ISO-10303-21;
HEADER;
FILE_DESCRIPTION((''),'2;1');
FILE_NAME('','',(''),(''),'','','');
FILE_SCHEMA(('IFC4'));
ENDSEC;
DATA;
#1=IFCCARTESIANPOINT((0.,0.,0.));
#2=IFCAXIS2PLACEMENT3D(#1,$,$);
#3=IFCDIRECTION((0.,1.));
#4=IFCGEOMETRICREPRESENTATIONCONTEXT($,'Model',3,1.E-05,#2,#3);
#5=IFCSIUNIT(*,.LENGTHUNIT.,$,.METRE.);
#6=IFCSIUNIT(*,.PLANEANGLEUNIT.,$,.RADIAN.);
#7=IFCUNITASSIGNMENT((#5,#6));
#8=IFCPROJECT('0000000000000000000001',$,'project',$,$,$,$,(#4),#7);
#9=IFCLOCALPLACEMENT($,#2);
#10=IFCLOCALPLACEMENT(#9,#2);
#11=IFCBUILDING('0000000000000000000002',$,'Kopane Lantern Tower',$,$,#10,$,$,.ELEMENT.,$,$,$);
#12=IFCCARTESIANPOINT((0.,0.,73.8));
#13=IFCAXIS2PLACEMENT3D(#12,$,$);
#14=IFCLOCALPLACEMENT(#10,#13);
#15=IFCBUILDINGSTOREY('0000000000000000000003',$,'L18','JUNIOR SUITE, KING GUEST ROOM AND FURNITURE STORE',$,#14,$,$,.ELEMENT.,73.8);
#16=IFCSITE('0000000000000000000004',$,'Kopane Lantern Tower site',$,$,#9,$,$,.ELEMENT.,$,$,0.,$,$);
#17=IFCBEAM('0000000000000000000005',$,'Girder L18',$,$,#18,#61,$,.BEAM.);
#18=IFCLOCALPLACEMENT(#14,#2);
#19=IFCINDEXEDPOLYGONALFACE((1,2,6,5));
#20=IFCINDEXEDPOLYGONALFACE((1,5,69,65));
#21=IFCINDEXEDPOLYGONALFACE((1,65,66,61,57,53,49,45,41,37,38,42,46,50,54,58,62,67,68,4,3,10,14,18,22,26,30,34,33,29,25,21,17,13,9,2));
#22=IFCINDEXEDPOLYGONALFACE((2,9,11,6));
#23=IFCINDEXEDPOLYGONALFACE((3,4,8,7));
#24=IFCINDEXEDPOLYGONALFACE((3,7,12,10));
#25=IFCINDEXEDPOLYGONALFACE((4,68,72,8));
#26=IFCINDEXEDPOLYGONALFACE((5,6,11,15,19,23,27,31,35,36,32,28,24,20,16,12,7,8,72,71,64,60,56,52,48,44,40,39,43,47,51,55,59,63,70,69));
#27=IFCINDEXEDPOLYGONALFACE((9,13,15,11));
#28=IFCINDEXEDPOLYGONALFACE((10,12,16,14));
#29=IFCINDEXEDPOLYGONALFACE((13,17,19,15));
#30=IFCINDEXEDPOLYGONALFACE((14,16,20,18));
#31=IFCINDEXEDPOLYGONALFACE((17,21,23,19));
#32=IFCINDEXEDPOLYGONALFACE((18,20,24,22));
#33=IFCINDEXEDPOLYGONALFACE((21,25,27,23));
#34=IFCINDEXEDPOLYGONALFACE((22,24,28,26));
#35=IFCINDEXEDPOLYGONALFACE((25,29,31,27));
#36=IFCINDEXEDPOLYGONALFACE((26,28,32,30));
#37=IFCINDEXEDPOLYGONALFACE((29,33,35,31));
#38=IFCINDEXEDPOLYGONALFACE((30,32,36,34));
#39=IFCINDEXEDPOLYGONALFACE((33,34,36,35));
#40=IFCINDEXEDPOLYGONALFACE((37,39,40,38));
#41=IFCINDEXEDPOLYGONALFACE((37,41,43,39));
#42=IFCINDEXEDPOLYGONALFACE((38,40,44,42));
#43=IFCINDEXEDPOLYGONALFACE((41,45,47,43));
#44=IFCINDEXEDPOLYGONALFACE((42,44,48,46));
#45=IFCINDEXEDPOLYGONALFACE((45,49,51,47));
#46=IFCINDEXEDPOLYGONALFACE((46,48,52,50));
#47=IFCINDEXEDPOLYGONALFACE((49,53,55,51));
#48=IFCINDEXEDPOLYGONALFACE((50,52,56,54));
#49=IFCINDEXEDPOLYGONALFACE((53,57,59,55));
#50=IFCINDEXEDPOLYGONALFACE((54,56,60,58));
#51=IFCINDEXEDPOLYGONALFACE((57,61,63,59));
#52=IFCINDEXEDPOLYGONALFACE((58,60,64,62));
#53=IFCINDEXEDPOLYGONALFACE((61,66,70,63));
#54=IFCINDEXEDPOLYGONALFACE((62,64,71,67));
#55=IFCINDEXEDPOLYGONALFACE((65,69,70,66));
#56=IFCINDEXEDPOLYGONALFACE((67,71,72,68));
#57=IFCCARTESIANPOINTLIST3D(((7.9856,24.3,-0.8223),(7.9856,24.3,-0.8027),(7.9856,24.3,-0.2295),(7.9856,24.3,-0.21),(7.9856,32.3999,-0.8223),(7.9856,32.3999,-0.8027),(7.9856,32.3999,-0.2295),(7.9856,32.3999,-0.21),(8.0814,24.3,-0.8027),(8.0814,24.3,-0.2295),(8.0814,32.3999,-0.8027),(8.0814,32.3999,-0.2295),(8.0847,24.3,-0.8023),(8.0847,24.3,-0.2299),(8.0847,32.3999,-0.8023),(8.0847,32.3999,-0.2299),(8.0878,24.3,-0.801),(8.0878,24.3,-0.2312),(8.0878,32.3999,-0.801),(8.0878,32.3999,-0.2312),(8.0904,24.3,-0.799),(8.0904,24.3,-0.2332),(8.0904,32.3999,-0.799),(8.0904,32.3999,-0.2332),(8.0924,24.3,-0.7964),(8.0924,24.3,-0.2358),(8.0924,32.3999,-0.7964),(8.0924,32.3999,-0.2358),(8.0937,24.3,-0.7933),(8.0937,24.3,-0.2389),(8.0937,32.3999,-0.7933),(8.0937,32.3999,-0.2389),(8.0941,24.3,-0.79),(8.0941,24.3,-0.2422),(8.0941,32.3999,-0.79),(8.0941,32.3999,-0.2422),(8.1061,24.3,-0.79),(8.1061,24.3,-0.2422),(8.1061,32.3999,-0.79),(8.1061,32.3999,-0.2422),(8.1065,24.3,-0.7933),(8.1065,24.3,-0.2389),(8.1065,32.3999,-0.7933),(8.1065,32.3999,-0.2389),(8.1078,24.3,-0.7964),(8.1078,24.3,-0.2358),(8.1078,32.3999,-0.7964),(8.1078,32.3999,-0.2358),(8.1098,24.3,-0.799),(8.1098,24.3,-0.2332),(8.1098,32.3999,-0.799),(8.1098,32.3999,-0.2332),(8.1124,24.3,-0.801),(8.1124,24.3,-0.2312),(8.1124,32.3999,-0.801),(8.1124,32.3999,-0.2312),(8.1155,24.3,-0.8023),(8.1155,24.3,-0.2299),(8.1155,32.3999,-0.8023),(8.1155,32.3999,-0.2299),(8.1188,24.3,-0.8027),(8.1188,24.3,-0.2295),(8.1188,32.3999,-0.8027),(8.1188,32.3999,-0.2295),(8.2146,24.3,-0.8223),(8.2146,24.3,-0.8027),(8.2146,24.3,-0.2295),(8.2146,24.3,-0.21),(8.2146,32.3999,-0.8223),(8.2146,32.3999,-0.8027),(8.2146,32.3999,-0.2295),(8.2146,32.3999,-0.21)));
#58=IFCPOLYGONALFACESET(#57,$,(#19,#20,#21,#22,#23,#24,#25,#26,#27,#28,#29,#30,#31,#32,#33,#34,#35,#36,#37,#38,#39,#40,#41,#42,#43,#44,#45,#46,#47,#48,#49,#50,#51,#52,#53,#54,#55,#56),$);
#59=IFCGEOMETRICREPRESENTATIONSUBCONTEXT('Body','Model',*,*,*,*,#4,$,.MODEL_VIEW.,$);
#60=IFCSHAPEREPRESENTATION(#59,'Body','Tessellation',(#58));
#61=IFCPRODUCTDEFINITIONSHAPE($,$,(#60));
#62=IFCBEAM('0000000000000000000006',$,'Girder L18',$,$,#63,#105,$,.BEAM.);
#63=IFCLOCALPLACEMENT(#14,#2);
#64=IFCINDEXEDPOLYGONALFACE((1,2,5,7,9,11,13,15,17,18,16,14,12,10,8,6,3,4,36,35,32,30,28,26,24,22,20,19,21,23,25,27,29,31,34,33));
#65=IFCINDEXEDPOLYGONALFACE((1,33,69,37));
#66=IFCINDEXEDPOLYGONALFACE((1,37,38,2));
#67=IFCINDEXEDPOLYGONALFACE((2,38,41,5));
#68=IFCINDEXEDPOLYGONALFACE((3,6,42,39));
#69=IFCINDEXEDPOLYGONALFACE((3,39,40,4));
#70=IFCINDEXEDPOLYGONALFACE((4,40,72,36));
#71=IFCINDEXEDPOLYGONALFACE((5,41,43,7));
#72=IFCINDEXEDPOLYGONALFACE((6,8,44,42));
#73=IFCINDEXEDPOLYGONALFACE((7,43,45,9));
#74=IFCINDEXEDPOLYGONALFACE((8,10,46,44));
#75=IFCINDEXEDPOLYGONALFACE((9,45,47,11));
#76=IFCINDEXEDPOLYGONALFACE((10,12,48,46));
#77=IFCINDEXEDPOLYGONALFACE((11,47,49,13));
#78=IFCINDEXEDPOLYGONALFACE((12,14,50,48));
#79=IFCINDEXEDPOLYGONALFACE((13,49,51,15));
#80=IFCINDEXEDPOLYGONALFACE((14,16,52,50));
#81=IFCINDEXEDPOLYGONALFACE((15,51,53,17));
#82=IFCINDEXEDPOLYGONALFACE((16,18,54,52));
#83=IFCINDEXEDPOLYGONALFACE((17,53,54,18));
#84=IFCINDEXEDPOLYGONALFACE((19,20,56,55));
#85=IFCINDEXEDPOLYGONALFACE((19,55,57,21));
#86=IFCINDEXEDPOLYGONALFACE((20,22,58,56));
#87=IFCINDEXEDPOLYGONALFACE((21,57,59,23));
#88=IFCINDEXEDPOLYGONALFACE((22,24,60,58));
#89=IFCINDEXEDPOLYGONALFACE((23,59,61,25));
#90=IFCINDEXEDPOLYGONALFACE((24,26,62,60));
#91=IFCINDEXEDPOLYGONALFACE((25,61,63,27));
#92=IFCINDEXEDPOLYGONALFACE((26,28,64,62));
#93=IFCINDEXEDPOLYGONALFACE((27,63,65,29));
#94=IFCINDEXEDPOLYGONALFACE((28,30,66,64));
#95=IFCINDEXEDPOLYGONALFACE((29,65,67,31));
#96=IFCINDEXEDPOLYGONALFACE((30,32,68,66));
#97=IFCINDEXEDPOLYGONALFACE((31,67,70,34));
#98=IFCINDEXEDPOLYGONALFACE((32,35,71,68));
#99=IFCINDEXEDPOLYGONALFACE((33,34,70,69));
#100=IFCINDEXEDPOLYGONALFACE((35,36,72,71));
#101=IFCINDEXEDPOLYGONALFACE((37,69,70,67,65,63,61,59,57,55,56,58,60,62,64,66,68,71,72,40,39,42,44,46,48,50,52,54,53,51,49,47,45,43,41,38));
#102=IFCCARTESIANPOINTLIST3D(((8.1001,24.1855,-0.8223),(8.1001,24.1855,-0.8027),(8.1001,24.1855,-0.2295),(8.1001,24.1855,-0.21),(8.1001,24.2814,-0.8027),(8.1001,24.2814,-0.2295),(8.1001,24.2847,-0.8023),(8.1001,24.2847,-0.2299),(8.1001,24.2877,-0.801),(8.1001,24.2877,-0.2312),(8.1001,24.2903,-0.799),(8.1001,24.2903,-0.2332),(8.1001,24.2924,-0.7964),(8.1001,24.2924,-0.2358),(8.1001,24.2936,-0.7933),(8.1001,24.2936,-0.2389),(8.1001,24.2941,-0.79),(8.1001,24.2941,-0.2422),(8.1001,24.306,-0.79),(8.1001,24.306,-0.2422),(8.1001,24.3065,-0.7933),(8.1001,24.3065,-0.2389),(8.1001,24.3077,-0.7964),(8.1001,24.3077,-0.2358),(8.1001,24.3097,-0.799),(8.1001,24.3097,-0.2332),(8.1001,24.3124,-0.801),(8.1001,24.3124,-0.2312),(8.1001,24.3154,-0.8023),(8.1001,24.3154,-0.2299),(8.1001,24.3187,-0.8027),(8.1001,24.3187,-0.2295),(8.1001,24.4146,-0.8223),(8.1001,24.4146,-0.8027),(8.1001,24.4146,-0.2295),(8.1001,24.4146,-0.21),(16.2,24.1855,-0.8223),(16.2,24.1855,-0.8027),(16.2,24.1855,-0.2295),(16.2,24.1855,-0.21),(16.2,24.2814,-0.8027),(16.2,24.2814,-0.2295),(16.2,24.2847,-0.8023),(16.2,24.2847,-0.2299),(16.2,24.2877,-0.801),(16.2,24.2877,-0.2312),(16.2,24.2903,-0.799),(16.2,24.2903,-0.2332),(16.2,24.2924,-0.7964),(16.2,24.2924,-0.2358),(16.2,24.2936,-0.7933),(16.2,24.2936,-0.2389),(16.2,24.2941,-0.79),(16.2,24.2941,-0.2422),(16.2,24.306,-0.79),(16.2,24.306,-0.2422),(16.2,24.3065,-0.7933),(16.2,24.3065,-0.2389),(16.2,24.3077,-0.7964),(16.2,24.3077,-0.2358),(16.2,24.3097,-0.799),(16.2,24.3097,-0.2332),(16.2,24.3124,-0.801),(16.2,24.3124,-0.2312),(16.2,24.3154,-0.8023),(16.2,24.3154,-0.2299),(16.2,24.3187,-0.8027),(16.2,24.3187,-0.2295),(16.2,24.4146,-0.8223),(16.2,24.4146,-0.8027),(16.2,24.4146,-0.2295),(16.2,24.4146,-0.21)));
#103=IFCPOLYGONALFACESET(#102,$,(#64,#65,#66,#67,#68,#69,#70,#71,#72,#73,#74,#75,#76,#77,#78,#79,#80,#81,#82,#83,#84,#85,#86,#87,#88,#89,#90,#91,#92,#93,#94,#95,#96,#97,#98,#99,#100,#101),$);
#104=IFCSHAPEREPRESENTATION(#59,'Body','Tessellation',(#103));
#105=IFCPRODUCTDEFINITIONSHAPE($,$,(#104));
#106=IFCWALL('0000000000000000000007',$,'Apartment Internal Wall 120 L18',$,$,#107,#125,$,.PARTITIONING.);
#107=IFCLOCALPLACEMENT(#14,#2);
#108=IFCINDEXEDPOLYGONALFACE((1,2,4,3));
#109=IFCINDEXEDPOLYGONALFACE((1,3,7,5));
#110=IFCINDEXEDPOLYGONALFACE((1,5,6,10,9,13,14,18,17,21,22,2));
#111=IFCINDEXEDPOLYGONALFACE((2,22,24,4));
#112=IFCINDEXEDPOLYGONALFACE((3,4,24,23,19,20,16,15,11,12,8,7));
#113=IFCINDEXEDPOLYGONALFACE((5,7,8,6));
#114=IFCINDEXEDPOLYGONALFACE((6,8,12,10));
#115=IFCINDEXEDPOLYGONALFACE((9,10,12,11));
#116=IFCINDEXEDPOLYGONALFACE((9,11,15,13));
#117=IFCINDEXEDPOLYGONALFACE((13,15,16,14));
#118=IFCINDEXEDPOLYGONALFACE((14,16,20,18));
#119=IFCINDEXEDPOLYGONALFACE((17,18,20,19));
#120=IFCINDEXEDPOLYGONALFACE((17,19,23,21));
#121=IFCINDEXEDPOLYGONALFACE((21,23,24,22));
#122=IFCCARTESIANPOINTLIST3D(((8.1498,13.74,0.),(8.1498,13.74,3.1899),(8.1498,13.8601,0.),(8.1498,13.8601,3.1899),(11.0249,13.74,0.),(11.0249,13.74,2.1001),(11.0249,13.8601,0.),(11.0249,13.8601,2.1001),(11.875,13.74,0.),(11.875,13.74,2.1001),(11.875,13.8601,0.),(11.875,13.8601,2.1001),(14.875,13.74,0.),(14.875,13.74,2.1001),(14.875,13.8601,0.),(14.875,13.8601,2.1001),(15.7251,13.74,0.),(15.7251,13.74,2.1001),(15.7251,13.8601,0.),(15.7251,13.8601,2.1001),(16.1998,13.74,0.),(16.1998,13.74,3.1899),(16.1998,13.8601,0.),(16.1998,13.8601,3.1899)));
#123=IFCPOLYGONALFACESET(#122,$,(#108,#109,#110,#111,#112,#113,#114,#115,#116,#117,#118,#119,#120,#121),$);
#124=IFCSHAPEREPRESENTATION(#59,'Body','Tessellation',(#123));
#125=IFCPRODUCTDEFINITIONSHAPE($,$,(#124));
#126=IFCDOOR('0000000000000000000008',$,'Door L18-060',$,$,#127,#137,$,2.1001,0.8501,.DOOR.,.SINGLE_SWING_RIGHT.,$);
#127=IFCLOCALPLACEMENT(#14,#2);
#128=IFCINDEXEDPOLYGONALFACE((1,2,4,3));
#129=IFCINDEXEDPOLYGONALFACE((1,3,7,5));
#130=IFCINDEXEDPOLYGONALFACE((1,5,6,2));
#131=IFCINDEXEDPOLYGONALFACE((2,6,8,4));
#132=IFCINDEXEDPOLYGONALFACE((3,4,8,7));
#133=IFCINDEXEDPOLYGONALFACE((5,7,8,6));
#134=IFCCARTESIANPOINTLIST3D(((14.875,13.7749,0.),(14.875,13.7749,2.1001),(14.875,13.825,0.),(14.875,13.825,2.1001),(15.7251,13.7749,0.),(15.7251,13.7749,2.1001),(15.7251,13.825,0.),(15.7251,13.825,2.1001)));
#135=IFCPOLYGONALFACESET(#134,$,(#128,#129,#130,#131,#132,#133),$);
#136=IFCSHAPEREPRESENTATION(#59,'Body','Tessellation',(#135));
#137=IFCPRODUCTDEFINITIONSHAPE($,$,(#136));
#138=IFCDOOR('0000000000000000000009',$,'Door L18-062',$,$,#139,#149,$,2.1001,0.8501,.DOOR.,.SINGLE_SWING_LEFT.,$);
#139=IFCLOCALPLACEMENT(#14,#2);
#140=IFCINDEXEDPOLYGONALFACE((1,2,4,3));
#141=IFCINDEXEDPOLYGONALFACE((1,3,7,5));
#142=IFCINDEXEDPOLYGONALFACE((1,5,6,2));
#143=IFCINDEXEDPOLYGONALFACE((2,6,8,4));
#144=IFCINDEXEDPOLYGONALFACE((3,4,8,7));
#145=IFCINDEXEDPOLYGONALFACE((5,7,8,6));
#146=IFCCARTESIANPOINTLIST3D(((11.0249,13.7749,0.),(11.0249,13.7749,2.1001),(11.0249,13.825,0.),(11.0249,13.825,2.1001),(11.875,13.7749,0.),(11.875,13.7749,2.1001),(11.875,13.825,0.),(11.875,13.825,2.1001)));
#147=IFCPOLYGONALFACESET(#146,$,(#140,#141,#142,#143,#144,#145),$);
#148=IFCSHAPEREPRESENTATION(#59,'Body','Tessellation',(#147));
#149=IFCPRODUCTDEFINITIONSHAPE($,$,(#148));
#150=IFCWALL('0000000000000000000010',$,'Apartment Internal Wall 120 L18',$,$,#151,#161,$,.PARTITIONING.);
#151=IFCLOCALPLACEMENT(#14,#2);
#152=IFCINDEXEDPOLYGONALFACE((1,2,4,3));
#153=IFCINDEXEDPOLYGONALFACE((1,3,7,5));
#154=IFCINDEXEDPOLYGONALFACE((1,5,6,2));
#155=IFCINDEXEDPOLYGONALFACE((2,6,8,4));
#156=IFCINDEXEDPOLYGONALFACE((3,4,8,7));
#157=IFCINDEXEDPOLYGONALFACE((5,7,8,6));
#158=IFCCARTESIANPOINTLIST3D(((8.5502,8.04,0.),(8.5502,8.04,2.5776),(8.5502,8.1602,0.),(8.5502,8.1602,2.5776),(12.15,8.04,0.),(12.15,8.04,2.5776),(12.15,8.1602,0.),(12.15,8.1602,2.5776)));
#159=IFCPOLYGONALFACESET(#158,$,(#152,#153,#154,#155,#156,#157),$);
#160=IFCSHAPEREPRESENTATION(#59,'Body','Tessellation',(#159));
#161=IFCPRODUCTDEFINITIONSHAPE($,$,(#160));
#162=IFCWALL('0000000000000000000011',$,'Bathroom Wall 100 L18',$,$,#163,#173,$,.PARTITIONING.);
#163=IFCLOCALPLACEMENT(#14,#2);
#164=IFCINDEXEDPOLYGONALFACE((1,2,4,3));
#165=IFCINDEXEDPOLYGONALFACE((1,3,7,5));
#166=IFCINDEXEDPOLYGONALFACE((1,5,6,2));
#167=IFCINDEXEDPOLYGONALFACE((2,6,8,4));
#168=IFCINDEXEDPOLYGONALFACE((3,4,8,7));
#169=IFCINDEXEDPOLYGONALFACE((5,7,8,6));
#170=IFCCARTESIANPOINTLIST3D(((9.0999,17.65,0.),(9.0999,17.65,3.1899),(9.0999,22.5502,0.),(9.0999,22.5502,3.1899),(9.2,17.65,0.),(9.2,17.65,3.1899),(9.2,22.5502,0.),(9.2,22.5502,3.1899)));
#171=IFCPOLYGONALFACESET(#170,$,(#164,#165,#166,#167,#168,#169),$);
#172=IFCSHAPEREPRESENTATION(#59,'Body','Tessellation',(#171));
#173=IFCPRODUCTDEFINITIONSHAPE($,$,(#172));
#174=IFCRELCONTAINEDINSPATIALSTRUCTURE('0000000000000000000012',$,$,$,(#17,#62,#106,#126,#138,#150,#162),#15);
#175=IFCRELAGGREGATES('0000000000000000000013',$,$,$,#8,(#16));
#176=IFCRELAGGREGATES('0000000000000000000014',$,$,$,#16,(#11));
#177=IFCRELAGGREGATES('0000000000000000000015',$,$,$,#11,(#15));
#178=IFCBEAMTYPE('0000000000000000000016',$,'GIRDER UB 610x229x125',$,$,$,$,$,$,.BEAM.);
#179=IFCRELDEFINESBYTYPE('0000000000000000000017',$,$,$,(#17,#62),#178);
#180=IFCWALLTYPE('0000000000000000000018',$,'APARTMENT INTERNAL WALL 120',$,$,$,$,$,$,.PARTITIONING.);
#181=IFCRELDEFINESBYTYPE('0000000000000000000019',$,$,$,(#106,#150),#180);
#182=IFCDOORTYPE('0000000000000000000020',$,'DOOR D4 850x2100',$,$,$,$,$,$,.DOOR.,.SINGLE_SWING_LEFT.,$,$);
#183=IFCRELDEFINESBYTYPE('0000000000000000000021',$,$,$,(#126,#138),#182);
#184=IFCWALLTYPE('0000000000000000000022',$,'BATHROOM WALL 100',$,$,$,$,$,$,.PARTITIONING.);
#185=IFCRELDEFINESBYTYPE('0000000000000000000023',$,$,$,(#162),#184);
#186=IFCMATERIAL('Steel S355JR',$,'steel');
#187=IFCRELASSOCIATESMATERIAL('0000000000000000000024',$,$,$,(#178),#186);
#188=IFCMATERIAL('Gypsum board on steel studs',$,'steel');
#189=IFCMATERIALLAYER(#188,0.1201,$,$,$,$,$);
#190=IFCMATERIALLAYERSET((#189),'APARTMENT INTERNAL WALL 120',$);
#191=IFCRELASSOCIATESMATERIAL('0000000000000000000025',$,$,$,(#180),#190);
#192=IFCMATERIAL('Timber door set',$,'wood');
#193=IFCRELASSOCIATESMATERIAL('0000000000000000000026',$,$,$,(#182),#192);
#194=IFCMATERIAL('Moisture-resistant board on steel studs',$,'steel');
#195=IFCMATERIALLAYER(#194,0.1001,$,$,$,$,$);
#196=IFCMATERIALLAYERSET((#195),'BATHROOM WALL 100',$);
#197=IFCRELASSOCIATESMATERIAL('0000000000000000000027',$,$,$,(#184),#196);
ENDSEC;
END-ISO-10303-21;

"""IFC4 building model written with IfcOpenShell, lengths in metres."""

from ifc_helpers import new_model, si_unit, direction, frame, frame_2d, origin, origin_2d, place, context, subcontext, project, spatial, rectangle, i_section, extrude, material, layer, layer_set, material_profile, profile_set, type_object, element, fill, save


model = new_model("IFC4")

# Units and contexts
model_context = context("Model", 3, precision=1e-05, world=origin(), true_north=direction((0.0, 1.0)))
body_context = subcontext(model_context, "Body", "Model", "MODEL_VIEW")
ifc_project = project(units=[si_unit("LENGTHUNIT", "METRE"), si_unit("PLANEANGLEUNIT", "RADIAN")], contexts=[model_context])

# Site, building, storey
site_placement = place(None, origin())
site = spatial("IfcSite", under=ifc_project, at=site_placement, Name="Kopane Lantern Tower site", CompositionType="ELEMENT", RefElevation=0.0)
building_placement = place(site_placement, origin())
building = spatial("IfcBuilding", under=site, at=building_placement, Name="Kopane Lantern Tower", CompositionType="ELEMENT")
storey_placement = place(building_placement, frame((0.0, 0.0, 73.8)))
storey = spatial("IfcBuildingStorey", under=building, at=storey_placement, Name="L18", Description="JUNIOR SUITE, KING GUEST ROOM AND FURNITURE STORE", CompositionType="ELEMENT", Elevation=73.8)

# Beams
ifc_material_1 = material(Name="Steel S355JR", Category="steel")
ifc_material_profile_1 = material_profile(ifc_material_1, i_section(OverallWidth=0.229, OverallDepth=0.6123, WebThickness=0.012, FlangeThickness=0.0195, FilletRadius=0.0127, at=origin_2d()), Name="UB 610x229x125")
ifc_profile_set_1 = profile_set([ifc_material_profile_1], Name="Steel S355JR")
beam_type = type_object("IfcBeamType", Name="GIRDER UB 610x229x125", PredefinedType="BEAM", material=ifc_profile_set_1)
for number, where, z_axis, x_axis, name in (
    (1, (8.1001, 24.3, -0.5161), (0.0, 1.0, 0.0), (-1.0, 0.0, 0.0), "Girder L18"),
    (2, (8.1001, 24.3, -0.5161), (1.0, 0.0, 0.0), (0.0, 1.0, 0.0), "Girder L18"),
):
    element("IfcBeam", number, at=place(storey_placement, frame(where, z_axis=z_axis, x_axis=x_axis)), inside=storey, type_object=beam_type, Name=name, PredefinedType="BEAM", context=body_context, shape_type="SweptSolid", body=[
        extrude(i_section(OverallWidth=0.229, OverallDepth=0.6123, WebThickness=0.012, FlangeThickness=0.0195, FilletRadius=0.0127, at=origin_2d()), origin(), (0.0, 0.0, 1.0), 8.0999),
    ])

# Wall, openings, doors
ifc_material_2 = material(Name="Gypsum board on steel studs", Category="steel")
ifc_layer_1 = layer(ifc_material_2, 0.1201)
ifc_layer_set_1 = layer_set([ifc_layer_1], Name="APARTMENT INTERNAL WALL 120")
wall_type_1 = type_object("IfcWallType", Name="APARTMENT INTERNAL WALL 120", PredefinedType="PARTITIONING", material=ifc_layer_set_1)
wall_1_placement = place(storey_placement, frame((8.1499, 13.8, 0.0), z_axis=(0.0, 0.0, 1.0), x_axis=(1.0, 0.0, 0.0)))
wall_1 = element("IfcWall", 3, at=wall_1_placement, inside=storey, type_object=wall_type_1, Name="Apartment Internal Wall 120 L18", PredefinedType="PARTITIONING", context=body_context, shape_type="SweptSolid", body=[
    extrude(rectangle(XDim=8.05, YDim=0.1201, at=frame_2d((4.0249, 0.0))), origin(), (0.0, 0.0, 1.0), 3.1899),
])
opening_1_placement = place(wall_1_placement, frame((6.7251, 0.0, 0.0)))
opening_1 = element("IfcOpeningElement", 4, at=opening_1_placement, cuts=wall_1, PredefinedType="OPENING", context=body_context, shape_type="SweptSolid", body=[
    extrude(rectangle(XDim=0.8501, YDim=2.1001, at=frame_2d((0.425, 1.05))), frame((0.0, 0.0701, 0.0), z_axis=(0.0, -1.0, 0.0), x_axis=(1.0, 0.0, 0.0)), (0.0, 0.0, 1.0), 0.1401),
])
opening_2_placement = place(wall_1_placement, frame((2.875, 0.0, 0.0)))
opening_2 = element("IfcOpeningElement", 5, at=opening_2_placement, cuts=wall_1, PredefinedType="OPENING", context=body_context, shape_type="SweptSolid", body=[
    extrude(rectangle(XDim=0.8501, YDim=2.1001, at=frame_2d((0.425, 1.05))), frame((0.0, 0.0701, 0.0), z_axis=(0.0, -1.0, 0.0), x_axis=(1.0, 0.0, 0.0)), (0.0, 0.0, 1.0), 0.1401),
])
ifc_material_3 = material(Name="Timber door set", Category="wood")
door_type_1 = type_object("IfcDoorType", Name="DOOR D4 850x2100", OperationType="SINGLE_SWING_LEFT", PredefinedType="DOOR", material=ifc_material_3)
door_1_placement = place(opening_1_placement, origin())
door_1 = element("IfcDoor", 6, at=door_1_placement, inside=storey, type_object=door_type_1, Name="Door L18-060", OperationType="SINGLE_SWING_RIGHT", OverallHeight=2.1001, OverallWidth=0.8501, PredefinedType="DOOR", context=body_context, shape_type="SweptSolid", body=[
    extrude(rectangle(XDim=0.8501, YDim=2.1001, at=frame_2d((0.425, 1.05))), frame((0.0, 0.0249, 0.0), z_axis=(0.0, -1.0, 0.0), x_axis=(1.0, 0.0, 0.0)), (0.0, 0.0, 1.0), 0.05),
])
fill(opening_1, door_1)
door_2_placement = place(opening_2_placement, origin())
door_2 = element("IfcDoor", 7, at=door_2_placement, inside=storey, type_object=door_type_1, Name="Door L18-062", OperationType="SINGLE_SWING_LEFT", OverallHeight=2.1001, OverallWidth=0.8501, PredefinedType="DOOR", context=body_context, shape_type="SweptSolid", body=[
    extrude(rectangle(XDim=0.8501, YDim=2.1001, at=frame_2d((0.425, 1.05))), frame((0.0, 0.0249, 0.0), z_axis=(0.0, -1.0, 0.0), x_axis=(1.0, 0.0, 0.0)), (0.0, 0.0, 1.0), 0.05),
])
fill(opening_2, door_2)

# Walls
wall_2_placement = place(storey_placement, frame((12.1499, 8.1001, 0.0), z_axis=(0.0, 0.0, 1.0), x_axis=(-1.0, 0.0, 0.0)))
element("IfcWall", 8, at=wall_2_placement, inside=storey, type_object=wall_type_1, Name="Apartment Internal Wall 120 L18", PredefinedType="PARTITIONING", context=body_context, shape_type="SweptSolid", body=[
    extrude(rectangle(XDim=3.5999, YDim=0.1201, at=frame_2d((1.7998, 0.0))), origin(), (0.0, 0.0, 1.0), 2.5776),
])
ifc_material_4 = material(Name="Moisture-resistant board on steel studs", Category="steel")
ifc_layer_2 = layer(ifc_material_4, 0.1001)
ifc_layer_set_2 = layer_set([ifc_layer_2], Name="BATHROOM WALL 100")
wall_type_2 = type_object("IfcWallType", Name="BATHROOM WALL 100", PredefinedType="PARTITIONING", material=ifc_layer_set_2)
wall_3_placement = place(storey_placement, frame((9.1499, 17.6499, 0.0), z_axis=(0.0, 0.0, 1.0), x_axis=(0.0, 1.0, 0.0)))
element("IfcWall", 9, at=wall_3_placement, inside=storey, type_object=wall_type_2, Name="Bathroom Wall 100 L18", PredefinedType="PARTITIONING", context=body_context, shape_type="SweptSolid", body=[
    extrude(rectangle(XDim=4.9001, YDim=0.1001, at=frame_2d((2.4502, 0.0))), origin(), (0.0, 0.0, 1.0), 3.1899),
])

save(model, "model.ifc")
